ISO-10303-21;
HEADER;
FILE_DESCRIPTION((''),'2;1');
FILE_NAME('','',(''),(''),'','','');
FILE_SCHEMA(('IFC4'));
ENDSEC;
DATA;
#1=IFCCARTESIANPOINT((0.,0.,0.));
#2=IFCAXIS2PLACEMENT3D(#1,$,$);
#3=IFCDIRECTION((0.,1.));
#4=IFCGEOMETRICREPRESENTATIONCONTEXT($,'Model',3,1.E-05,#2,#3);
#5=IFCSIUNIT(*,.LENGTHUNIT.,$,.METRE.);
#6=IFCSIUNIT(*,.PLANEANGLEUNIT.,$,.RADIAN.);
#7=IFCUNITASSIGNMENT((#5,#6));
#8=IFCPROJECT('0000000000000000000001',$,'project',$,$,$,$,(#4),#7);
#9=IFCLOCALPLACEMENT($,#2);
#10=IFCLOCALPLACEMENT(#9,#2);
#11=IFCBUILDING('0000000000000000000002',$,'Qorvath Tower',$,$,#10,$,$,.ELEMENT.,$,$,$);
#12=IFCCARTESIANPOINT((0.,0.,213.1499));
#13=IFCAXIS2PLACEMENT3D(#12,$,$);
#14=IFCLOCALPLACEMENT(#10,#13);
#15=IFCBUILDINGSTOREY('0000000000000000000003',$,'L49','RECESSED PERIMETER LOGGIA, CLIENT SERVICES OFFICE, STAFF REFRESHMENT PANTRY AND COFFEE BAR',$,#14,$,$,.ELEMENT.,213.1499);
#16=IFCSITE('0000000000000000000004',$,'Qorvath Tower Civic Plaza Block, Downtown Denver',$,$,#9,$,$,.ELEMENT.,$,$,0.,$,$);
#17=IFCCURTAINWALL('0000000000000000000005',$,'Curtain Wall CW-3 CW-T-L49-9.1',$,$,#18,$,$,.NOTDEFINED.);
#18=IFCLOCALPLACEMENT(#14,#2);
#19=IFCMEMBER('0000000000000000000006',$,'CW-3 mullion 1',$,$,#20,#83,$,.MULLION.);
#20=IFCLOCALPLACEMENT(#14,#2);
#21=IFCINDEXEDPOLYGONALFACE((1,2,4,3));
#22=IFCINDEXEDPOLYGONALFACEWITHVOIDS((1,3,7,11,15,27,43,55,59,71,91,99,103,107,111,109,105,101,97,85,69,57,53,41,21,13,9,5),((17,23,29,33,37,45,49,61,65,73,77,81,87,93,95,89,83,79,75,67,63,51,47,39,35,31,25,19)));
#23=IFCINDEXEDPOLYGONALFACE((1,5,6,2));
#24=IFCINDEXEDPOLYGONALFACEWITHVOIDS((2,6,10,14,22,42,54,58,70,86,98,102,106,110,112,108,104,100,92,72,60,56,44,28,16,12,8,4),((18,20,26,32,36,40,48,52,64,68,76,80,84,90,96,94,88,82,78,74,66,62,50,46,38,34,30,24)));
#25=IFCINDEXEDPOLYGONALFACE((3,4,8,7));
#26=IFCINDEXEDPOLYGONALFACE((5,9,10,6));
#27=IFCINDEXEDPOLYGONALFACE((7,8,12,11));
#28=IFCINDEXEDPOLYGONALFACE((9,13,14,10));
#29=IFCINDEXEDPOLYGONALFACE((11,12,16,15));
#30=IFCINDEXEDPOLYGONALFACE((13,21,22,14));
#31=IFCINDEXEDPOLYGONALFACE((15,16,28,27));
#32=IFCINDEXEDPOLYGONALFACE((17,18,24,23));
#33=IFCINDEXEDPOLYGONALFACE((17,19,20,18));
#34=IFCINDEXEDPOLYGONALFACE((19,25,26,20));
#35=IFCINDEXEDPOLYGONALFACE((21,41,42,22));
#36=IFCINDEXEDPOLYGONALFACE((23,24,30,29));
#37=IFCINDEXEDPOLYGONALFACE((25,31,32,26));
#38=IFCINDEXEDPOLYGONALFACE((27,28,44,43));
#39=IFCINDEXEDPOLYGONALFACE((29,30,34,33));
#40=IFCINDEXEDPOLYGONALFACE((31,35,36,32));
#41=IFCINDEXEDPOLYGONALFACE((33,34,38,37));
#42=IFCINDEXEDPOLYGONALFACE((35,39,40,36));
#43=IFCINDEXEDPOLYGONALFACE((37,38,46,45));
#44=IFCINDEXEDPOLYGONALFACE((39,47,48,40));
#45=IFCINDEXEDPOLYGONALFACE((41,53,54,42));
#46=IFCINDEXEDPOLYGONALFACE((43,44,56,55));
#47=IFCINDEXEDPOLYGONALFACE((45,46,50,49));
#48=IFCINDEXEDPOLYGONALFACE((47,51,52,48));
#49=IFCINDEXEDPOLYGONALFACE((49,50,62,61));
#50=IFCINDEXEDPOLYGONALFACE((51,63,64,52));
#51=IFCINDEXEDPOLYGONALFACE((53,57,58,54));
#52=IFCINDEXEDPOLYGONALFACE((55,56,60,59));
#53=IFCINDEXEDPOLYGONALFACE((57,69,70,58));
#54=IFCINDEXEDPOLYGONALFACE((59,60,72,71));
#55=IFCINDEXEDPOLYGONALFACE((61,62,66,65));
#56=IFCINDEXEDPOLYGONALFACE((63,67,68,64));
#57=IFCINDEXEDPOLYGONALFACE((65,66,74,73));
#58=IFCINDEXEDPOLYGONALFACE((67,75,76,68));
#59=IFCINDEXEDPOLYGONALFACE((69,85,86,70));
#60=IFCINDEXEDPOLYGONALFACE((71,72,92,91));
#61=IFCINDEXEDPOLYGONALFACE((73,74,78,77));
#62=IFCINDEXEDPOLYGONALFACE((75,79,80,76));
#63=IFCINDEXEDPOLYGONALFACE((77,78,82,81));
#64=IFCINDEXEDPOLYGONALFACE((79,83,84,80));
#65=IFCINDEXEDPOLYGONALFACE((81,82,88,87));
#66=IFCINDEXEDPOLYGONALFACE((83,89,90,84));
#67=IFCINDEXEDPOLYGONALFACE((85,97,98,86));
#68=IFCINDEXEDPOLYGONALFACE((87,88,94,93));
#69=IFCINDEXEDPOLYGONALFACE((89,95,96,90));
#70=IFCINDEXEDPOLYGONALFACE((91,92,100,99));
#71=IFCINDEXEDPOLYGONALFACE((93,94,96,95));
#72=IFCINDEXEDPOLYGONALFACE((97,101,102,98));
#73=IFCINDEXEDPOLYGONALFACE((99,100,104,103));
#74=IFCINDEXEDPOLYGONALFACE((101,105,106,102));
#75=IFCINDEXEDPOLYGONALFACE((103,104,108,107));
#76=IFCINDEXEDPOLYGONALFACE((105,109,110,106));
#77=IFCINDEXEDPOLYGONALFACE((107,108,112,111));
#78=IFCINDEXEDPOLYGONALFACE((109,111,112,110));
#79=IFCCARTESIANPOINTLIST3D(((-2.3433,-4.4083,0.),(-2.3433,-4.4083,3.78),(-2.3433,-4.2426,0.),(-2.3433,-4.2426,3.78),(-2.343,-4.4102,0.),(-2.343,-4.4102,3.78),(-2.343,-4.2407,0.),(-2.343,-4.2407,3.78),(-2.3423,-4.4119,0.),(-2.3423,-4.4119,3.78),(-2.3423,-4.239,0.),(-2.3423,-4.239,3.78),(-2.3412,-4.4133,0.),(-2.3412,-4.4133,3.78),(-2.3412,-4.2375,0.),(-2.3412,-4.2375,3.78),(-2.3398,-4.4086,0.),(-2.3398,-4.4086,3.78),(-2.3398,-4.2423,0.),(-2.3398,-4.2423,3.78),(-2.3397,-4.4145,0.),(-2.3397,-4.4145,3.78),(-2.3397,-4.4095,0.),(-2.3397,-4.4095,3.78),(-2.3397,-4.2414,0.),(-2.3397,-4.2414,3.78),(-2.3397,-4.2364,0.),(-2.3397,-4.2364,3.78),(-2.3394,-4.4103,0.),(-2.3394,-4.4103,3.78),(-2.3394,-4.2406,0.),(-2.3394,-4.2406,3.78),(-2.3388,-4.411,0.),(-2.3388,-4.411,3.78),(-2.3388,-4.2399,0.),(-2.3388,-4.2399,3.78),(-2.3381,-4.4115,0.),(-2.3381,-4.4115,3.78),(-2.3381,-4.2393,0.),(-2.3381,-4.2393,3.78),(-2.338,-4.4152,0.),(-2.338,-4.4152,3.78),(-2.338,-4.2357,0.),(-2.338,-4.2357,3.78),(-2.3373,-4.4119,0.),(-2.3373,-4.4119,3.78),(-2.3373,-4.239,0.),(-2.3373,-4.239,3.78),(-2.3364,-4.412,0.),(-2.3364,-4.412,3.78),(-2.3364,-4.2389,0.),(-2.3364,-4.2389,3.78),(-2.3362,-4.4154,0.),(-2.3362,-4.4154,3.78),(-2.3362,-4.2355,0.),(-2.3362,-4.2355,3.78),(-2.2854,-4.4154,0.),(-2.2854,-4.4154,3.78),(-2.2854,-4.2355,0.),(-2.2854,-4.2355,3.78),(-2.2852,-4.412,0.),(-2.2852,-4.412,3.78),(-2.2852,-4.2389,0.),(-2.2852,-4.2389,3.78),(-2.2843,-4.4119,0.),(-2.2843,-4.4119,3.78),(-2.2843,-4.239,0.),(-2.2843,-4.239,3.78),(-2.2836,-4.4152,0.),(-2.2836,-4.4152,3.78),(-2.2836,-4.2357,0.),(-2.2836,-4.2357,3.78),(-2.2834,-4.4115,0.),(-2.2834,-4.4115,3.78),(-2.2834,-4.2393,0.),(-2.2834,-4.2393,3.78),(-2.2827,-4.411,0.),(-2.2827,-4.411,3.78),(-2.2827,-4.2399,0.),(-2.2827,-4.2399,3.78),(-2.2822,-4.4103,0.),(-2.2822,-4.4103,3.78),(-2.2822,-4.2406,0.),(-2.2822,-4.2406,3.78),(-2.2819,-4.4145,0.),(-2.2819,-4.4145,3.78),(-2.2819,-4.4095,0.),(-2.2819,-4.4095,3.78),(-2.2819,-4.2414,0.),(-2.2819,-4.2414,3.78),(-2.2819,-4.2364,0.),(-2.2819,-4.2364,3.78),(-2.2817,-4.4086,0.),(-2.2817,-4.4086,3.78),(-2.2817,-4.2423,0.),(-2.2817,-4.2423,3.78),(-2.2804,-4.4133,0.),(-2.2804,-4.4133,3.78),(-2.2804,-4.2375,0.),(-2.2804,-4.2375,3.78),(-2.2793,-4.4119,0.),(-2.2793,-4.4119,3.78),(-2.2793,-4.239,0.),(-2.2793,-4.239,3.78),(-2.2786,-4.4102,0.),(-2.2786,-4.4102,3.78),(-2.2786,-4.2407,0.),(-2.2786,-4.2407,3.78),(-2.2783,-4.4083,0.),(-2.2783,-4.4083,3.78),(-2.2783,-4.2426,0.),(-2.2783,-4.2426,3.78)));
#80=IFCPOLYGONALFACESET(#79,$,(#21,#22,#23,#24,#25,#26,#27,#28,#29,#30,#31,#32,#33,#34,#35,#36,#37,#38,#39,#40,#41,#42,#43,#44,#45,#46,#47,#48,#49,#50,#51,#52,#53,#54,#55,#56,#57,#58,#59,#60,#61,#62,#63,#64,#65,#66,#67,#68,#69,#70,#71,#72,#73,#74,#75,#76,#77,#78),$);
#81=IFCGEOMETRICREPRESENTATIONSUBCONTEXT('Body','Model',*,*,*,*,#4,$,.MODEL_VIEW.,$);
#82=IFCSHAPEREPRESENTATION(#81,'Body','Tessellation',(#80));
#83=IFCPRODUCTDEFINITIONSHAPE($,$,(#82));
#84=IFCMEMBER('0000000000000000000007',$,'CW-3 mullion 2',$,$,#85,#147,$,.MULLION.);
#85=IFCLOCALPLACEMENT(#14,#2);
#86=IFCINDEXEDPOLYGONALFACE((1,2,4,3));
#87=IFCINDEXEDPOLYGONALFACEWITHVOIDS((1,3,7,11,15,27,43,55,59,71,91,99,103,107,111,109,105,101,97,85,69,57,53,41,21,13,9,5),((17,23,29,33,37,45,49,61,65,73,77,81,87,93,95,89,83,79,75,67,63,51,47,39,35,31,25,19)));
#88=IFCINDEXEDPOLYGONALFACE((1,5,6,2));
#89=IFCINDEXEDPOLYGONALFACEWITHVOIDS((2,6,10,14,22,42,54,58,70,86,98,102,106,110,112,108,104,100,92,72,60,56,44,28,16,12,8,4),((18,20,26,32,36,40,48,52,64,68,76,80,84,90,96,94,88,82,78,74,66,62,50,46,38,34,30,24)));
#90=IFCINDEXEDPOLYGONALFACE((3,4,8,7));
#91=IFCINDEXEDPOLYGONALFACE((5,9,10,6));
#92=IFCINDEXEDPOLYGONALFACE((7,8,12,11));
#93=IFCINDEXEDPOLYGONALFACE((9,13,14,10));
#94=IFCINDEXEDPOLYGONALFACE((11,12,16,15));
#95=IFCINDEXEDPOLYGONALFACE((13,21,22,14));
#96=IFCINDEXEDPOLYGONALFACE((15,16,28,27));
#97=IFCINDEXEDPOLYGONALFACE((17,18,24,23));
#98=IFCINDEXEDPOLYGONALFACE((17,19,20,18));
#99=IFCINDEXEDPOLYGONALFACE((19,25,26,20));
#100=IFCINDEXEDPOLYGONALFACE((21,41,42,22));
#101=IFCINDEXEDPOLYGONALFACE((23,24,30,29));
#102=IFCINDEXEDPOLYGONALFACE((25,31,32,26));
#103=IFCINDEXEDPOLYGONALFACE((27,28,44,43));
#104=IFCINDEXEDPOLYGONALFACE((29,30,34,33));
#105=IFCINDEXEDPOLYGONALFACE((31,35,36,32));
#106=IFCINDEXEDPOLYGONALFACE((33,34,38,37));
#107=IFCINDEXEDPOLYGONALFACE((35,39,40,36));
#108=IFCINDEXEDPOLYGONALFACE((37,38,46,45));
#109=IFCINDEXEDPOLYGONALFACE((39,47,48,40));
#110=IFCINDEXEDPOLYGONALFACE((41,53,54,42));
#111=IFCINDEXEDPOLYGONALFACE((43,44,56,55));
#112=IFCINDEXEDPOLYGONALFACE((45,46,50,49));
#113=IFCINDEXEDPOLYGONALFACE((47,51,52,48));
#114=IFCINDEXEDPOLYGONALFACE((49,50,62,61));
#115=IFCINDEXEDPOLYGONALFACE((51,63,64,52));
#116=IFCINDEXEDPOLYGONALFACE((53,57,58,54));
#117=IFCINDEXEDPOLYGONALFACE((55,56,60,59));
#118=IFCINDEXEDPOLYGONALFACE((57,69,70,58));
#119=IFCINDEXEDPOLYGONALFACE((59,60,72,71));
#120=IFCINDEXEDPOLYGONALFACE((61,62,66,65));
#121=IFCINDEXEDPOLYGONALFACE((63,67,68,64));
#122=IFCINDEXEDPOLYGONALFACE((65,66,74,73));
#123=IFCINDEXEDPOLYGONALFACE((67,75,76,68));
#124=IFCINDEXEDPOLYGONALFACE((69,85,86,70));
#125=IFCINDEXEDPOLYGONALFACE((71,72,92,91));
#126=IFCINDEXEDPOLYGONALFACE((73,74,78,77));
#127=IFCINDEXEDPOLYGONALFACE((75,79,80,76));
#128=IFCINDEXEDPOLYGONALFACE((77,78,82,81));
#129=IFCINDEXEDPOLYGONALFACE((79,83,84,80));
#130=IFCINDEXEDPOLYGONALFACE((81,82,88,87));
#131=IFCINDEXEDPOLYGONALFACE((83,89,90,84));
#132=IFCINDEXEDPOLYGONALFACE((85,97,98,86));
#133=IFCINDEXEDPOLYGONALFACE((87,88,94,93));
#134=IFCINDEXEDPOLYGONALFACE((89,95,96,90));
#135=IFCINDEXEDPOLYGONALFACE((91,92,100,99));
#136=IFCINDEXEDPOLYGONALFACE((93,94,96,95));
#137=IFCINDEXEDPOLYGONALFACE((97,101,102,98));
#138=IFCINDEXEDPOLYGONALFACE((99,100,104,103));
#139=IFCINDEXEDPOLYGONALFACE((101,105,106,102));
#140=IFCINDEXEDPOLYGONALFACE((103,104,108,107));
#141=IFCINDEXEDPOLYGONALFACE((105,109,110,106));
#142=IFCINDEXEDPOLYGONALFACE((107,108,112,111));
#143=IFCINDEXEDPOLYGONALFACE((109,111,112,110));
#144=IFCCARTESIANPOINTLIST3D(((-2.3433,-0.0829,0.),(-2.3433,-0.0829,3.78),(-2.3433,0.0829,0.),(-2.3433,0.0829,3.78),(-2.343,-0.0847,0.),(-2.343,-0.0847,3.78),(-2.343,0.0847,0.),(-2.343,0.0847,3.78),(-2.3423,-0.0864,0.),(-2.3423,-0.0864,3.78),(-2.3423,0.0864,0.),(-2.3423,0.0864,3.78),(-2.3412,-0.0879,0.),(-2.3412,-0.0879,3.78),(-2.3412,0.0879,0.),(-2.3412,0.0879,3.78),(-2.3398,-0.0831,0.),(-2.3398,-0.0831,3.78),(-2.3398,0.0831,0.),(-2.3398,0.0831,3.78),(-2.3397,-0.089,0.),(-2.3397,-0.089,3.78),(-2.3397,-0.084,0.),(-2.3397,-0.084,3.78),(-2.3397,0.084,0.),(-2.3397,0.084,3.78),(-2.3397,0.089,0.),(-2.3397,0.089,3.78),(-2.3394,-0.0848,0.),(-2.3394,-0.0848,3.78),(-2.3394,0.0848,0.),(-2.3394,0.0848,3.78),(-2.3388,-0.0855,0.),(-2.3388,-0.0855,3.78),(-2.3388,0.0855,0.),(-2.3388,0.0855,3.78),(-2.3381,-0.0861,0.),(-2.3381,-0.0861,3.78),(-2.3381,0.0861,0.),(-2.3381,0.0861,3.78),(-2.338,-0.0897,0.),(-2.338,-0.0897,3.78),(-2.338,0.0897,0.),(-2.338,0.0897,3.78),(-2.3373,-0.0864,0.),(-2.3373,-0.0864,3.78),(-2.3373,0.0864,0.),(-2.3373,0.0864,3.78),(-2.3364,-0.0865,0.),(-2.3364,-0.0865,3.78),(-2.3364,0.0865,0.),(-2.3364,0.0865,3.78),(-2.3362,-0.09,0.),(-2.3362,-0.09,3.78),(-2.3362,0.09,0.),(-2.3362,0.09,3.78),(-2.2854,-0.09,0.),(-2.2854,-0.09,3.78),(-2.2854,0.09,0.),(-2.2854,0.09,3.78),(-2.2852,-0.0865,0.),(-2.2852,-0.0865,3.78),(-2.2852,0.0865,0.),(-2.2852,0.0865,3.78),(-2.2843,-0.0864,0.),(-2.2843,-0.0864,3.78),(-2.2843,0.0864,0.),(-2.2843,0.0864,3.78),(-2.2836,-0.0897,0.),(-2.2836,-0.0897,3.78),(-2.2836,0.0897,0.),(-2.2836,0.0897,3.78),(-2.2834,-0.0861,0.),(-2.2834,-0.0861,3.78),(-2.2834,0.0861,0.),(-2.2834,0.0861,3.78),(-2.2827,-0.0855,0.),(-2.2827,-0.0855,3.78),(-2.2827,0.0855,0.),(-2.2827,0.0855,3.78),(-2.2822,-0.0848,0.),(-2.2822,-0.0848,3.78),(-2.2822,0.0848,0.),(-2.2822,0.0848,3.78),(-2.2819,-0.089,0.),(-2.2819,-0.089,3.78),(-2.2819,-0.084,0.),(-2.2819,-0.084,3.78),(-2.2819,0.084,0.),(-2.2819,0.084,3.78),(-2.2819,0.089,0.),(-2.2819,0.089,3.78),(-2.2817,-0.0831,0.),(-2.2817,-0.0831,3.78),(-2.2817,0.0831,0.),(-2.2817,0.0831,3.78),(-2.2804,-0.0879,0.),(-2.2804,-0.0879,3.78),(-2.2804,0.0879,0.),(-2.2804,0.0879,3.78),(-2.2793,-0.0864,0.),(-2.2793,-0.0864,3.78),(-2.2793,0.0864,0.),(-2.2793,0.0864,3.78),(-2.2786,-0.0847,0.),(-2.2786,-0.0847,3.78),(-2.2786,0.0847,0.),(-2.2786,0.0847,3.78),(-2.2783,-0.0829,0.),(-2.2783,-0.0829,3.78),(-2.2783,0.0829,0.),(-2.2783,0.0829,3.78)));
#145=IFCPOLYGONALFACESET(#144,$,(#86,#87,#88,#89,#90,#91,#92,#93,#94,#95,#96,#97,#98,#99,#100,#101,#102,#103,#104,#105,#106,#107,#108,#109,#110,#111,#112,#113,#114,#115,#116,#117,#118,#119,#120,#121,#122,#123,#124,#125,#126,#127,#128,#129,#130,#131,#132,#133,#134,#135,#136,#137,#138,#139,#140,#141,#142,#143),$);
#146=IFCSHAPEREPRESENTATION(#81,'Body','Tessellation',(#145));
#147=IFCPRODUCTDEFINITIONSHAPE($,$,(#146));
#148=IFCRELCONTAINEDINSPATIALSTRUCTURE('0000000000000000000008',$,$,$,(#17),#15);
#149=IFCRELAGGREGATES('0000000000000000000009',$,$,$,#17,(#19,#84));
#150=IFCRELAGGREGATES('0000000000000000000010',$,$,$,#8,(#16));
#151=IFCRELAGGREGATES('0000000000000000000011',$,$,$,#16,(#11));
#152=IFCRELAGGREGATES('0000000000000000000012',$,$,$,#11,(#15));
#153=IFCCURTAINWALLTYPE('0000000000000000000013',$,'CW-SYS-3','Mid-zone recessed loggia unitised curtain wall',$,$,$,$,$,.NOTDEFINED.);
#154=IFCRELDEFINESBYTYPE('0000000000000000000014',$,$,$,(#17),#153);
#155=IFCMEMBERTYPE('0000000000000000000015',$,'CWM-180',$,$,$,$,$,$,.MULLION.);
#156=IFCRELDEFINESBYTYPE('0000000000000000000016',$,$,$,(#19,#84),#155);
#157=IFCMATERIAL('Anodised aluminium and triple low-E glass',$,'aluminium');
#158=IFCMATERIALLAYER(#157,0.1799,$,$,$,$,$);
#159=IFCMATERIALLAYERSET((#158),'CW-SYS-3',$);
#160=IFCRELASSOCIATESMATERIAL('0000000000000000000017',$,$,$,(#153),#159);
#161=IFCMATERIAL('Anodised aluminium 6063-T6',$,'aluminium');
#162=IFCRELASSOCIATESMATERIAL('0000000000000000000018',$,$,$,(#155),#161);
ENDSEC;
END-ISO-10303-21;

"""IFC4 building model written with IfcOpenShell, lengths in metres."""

from ifc_helpers import new_model, si_unit, direction, frame, origin, origin_2d, place, context, subcontext, project, spatial, hollow_rectangle, extrude, material, layer, layer_set, material_profile, profile_set, type_object, element, aggregate, save


model = new_model("IFC4")

# Units and contexts
model_context = context("Model", 3, precision=1e-05, world=origin(), true_north=direction((0.0, 1.0)))
body_context = subcontext(model_context, "Body", "Model", "MODEL_VIEW")
ifc_project = project(units=[si_unit("LENGTHUNIT", "METRE"), si_unit("PLANEANGLEUNIT", "RADIAN")], contexts=[model_context])

# Site, building, storey
site_placement = place(None, origin())
site = spatial("IfcSite", under=ifc_project, at=site_placement, Name="Qorvath Tower Civic Plaza Block, Downtown Denver", CompositionType="ELEMENT", RefElevation=0.0)
building_placement = place(site_placement, origin())
building = spatial("IfcBuilding", under=site, at=building_placement, Name="Qorvath Tower", CompositionType="ELEMENT")
storey_placement = place(building_placement, frame((0.0, 0.0, 213.1499)))
storey = spatial("IfcBuildingStorey", under=building, at=storey_placement, Name="L49", Description="RECESSED PERIMETER LOGGIA, CLIENT SERVICES OFFICE, STAFF REFRESHMENT PANTRY AND COFFEE BAR", CompositionType="ELEMENT", Elevation=213.1499)

# Curtain wall, members
ifc_material_1 = material(Name="Anodised aluminium and triple low-E glass", Category="aluminium")
ifc_layer_1 = layer(ifc_material_1, 0.1799)
ifc_layer_set_1 = layer_set([ifc_layer_1], Name="CW-SYS-3")
curtain_wall_type = type_object("IfcCurtainWallType", Name="CW-SYS-3", Description="Mid-zone recessed loggia unitised curtain wall", PredefinedType="NOTDEFINED", material=ifc_layer_set_1)
curtain_wall_placement = place(storey_placement, origin())
curtain_wall = element("IfcCurtainWall", 1, at=curtain_wall_placement, inside=storey, type_object=curtain_wall_type, Name="Curtain Wall CW-3 CW-T-L49-9.1", PredefinedType="NOTDEFINED")
ifc_material_2 = material(Name="Anodised aluminium 6063-T6", Category="aluminium")
ifc_material_profile_1 = material_profile(ifc_material_2, hollow_rectangle(XDim=0.0649, YDim=0.1799, WallThickness=0.0034, InnerFilletRadius=0.0034, OuterFilletRadius=0.0071, at=origin_2d()), Name="CWM 180x65")
ifc_profile_set_1 = profile_set([ifc_material_profile_1], Name="Anodised aluminium 6063-T6")
member_type_1 = type_object("IfcMemberType", Name="CWM-180", PredefinedType="MULLION", material=ifc_profile_set_1)
member_1_placement = place(storey_placement, frame((-2.3108, -4.3254, 0.0), z_axis=(0.0, 0.0, 1.0), x_axis=(-1.0, 0.0, 0.0)))
member_1 = element("IfcMember", 2, at=member_1_placement, type_object=member_type_1, Name="CW-3 mullion 1", PredefinedType="MULLION", context=body_context, shape_type="SweptSolid", body=[
    extrude(hollow_rectangle(XDim=0.0649, YDim=0.1799, WallThickness=0.0034, InnerFilletRadius=0.0034, OuterFilletRadius=0.0071, at=origin_2d()), origin(), (0.0, 0.0, 1.0), 3.78),
])
member_2_placement = place(storey_placement, frame((-2.3108, 0.0, 0.0), z_axis=(0.0, 0.0, 1.0), x_axis=(-1.0, 0.0, 0.0)))
member_2 = element("IfcMember", 3, at=member_2_placement, type_object=member_type_1, Name="CW-3 mullion 2", PredefinedType="MULLION", context=body_context, shape_type="SweptSolid", body=[
    extrude(hollow_rectangle(XDim=0.0649, YDim=0.1799, WallThickness=0.0034, InnerFilletRadius=0.0034, OuterFilletRadius=0.0071, at=origin_2d()), origin(), (0.0, 0.0, 1.0), 3.78),
])
aggregate(curtain_wall, [member_1, member_2])

save(model, "model.ifc")
